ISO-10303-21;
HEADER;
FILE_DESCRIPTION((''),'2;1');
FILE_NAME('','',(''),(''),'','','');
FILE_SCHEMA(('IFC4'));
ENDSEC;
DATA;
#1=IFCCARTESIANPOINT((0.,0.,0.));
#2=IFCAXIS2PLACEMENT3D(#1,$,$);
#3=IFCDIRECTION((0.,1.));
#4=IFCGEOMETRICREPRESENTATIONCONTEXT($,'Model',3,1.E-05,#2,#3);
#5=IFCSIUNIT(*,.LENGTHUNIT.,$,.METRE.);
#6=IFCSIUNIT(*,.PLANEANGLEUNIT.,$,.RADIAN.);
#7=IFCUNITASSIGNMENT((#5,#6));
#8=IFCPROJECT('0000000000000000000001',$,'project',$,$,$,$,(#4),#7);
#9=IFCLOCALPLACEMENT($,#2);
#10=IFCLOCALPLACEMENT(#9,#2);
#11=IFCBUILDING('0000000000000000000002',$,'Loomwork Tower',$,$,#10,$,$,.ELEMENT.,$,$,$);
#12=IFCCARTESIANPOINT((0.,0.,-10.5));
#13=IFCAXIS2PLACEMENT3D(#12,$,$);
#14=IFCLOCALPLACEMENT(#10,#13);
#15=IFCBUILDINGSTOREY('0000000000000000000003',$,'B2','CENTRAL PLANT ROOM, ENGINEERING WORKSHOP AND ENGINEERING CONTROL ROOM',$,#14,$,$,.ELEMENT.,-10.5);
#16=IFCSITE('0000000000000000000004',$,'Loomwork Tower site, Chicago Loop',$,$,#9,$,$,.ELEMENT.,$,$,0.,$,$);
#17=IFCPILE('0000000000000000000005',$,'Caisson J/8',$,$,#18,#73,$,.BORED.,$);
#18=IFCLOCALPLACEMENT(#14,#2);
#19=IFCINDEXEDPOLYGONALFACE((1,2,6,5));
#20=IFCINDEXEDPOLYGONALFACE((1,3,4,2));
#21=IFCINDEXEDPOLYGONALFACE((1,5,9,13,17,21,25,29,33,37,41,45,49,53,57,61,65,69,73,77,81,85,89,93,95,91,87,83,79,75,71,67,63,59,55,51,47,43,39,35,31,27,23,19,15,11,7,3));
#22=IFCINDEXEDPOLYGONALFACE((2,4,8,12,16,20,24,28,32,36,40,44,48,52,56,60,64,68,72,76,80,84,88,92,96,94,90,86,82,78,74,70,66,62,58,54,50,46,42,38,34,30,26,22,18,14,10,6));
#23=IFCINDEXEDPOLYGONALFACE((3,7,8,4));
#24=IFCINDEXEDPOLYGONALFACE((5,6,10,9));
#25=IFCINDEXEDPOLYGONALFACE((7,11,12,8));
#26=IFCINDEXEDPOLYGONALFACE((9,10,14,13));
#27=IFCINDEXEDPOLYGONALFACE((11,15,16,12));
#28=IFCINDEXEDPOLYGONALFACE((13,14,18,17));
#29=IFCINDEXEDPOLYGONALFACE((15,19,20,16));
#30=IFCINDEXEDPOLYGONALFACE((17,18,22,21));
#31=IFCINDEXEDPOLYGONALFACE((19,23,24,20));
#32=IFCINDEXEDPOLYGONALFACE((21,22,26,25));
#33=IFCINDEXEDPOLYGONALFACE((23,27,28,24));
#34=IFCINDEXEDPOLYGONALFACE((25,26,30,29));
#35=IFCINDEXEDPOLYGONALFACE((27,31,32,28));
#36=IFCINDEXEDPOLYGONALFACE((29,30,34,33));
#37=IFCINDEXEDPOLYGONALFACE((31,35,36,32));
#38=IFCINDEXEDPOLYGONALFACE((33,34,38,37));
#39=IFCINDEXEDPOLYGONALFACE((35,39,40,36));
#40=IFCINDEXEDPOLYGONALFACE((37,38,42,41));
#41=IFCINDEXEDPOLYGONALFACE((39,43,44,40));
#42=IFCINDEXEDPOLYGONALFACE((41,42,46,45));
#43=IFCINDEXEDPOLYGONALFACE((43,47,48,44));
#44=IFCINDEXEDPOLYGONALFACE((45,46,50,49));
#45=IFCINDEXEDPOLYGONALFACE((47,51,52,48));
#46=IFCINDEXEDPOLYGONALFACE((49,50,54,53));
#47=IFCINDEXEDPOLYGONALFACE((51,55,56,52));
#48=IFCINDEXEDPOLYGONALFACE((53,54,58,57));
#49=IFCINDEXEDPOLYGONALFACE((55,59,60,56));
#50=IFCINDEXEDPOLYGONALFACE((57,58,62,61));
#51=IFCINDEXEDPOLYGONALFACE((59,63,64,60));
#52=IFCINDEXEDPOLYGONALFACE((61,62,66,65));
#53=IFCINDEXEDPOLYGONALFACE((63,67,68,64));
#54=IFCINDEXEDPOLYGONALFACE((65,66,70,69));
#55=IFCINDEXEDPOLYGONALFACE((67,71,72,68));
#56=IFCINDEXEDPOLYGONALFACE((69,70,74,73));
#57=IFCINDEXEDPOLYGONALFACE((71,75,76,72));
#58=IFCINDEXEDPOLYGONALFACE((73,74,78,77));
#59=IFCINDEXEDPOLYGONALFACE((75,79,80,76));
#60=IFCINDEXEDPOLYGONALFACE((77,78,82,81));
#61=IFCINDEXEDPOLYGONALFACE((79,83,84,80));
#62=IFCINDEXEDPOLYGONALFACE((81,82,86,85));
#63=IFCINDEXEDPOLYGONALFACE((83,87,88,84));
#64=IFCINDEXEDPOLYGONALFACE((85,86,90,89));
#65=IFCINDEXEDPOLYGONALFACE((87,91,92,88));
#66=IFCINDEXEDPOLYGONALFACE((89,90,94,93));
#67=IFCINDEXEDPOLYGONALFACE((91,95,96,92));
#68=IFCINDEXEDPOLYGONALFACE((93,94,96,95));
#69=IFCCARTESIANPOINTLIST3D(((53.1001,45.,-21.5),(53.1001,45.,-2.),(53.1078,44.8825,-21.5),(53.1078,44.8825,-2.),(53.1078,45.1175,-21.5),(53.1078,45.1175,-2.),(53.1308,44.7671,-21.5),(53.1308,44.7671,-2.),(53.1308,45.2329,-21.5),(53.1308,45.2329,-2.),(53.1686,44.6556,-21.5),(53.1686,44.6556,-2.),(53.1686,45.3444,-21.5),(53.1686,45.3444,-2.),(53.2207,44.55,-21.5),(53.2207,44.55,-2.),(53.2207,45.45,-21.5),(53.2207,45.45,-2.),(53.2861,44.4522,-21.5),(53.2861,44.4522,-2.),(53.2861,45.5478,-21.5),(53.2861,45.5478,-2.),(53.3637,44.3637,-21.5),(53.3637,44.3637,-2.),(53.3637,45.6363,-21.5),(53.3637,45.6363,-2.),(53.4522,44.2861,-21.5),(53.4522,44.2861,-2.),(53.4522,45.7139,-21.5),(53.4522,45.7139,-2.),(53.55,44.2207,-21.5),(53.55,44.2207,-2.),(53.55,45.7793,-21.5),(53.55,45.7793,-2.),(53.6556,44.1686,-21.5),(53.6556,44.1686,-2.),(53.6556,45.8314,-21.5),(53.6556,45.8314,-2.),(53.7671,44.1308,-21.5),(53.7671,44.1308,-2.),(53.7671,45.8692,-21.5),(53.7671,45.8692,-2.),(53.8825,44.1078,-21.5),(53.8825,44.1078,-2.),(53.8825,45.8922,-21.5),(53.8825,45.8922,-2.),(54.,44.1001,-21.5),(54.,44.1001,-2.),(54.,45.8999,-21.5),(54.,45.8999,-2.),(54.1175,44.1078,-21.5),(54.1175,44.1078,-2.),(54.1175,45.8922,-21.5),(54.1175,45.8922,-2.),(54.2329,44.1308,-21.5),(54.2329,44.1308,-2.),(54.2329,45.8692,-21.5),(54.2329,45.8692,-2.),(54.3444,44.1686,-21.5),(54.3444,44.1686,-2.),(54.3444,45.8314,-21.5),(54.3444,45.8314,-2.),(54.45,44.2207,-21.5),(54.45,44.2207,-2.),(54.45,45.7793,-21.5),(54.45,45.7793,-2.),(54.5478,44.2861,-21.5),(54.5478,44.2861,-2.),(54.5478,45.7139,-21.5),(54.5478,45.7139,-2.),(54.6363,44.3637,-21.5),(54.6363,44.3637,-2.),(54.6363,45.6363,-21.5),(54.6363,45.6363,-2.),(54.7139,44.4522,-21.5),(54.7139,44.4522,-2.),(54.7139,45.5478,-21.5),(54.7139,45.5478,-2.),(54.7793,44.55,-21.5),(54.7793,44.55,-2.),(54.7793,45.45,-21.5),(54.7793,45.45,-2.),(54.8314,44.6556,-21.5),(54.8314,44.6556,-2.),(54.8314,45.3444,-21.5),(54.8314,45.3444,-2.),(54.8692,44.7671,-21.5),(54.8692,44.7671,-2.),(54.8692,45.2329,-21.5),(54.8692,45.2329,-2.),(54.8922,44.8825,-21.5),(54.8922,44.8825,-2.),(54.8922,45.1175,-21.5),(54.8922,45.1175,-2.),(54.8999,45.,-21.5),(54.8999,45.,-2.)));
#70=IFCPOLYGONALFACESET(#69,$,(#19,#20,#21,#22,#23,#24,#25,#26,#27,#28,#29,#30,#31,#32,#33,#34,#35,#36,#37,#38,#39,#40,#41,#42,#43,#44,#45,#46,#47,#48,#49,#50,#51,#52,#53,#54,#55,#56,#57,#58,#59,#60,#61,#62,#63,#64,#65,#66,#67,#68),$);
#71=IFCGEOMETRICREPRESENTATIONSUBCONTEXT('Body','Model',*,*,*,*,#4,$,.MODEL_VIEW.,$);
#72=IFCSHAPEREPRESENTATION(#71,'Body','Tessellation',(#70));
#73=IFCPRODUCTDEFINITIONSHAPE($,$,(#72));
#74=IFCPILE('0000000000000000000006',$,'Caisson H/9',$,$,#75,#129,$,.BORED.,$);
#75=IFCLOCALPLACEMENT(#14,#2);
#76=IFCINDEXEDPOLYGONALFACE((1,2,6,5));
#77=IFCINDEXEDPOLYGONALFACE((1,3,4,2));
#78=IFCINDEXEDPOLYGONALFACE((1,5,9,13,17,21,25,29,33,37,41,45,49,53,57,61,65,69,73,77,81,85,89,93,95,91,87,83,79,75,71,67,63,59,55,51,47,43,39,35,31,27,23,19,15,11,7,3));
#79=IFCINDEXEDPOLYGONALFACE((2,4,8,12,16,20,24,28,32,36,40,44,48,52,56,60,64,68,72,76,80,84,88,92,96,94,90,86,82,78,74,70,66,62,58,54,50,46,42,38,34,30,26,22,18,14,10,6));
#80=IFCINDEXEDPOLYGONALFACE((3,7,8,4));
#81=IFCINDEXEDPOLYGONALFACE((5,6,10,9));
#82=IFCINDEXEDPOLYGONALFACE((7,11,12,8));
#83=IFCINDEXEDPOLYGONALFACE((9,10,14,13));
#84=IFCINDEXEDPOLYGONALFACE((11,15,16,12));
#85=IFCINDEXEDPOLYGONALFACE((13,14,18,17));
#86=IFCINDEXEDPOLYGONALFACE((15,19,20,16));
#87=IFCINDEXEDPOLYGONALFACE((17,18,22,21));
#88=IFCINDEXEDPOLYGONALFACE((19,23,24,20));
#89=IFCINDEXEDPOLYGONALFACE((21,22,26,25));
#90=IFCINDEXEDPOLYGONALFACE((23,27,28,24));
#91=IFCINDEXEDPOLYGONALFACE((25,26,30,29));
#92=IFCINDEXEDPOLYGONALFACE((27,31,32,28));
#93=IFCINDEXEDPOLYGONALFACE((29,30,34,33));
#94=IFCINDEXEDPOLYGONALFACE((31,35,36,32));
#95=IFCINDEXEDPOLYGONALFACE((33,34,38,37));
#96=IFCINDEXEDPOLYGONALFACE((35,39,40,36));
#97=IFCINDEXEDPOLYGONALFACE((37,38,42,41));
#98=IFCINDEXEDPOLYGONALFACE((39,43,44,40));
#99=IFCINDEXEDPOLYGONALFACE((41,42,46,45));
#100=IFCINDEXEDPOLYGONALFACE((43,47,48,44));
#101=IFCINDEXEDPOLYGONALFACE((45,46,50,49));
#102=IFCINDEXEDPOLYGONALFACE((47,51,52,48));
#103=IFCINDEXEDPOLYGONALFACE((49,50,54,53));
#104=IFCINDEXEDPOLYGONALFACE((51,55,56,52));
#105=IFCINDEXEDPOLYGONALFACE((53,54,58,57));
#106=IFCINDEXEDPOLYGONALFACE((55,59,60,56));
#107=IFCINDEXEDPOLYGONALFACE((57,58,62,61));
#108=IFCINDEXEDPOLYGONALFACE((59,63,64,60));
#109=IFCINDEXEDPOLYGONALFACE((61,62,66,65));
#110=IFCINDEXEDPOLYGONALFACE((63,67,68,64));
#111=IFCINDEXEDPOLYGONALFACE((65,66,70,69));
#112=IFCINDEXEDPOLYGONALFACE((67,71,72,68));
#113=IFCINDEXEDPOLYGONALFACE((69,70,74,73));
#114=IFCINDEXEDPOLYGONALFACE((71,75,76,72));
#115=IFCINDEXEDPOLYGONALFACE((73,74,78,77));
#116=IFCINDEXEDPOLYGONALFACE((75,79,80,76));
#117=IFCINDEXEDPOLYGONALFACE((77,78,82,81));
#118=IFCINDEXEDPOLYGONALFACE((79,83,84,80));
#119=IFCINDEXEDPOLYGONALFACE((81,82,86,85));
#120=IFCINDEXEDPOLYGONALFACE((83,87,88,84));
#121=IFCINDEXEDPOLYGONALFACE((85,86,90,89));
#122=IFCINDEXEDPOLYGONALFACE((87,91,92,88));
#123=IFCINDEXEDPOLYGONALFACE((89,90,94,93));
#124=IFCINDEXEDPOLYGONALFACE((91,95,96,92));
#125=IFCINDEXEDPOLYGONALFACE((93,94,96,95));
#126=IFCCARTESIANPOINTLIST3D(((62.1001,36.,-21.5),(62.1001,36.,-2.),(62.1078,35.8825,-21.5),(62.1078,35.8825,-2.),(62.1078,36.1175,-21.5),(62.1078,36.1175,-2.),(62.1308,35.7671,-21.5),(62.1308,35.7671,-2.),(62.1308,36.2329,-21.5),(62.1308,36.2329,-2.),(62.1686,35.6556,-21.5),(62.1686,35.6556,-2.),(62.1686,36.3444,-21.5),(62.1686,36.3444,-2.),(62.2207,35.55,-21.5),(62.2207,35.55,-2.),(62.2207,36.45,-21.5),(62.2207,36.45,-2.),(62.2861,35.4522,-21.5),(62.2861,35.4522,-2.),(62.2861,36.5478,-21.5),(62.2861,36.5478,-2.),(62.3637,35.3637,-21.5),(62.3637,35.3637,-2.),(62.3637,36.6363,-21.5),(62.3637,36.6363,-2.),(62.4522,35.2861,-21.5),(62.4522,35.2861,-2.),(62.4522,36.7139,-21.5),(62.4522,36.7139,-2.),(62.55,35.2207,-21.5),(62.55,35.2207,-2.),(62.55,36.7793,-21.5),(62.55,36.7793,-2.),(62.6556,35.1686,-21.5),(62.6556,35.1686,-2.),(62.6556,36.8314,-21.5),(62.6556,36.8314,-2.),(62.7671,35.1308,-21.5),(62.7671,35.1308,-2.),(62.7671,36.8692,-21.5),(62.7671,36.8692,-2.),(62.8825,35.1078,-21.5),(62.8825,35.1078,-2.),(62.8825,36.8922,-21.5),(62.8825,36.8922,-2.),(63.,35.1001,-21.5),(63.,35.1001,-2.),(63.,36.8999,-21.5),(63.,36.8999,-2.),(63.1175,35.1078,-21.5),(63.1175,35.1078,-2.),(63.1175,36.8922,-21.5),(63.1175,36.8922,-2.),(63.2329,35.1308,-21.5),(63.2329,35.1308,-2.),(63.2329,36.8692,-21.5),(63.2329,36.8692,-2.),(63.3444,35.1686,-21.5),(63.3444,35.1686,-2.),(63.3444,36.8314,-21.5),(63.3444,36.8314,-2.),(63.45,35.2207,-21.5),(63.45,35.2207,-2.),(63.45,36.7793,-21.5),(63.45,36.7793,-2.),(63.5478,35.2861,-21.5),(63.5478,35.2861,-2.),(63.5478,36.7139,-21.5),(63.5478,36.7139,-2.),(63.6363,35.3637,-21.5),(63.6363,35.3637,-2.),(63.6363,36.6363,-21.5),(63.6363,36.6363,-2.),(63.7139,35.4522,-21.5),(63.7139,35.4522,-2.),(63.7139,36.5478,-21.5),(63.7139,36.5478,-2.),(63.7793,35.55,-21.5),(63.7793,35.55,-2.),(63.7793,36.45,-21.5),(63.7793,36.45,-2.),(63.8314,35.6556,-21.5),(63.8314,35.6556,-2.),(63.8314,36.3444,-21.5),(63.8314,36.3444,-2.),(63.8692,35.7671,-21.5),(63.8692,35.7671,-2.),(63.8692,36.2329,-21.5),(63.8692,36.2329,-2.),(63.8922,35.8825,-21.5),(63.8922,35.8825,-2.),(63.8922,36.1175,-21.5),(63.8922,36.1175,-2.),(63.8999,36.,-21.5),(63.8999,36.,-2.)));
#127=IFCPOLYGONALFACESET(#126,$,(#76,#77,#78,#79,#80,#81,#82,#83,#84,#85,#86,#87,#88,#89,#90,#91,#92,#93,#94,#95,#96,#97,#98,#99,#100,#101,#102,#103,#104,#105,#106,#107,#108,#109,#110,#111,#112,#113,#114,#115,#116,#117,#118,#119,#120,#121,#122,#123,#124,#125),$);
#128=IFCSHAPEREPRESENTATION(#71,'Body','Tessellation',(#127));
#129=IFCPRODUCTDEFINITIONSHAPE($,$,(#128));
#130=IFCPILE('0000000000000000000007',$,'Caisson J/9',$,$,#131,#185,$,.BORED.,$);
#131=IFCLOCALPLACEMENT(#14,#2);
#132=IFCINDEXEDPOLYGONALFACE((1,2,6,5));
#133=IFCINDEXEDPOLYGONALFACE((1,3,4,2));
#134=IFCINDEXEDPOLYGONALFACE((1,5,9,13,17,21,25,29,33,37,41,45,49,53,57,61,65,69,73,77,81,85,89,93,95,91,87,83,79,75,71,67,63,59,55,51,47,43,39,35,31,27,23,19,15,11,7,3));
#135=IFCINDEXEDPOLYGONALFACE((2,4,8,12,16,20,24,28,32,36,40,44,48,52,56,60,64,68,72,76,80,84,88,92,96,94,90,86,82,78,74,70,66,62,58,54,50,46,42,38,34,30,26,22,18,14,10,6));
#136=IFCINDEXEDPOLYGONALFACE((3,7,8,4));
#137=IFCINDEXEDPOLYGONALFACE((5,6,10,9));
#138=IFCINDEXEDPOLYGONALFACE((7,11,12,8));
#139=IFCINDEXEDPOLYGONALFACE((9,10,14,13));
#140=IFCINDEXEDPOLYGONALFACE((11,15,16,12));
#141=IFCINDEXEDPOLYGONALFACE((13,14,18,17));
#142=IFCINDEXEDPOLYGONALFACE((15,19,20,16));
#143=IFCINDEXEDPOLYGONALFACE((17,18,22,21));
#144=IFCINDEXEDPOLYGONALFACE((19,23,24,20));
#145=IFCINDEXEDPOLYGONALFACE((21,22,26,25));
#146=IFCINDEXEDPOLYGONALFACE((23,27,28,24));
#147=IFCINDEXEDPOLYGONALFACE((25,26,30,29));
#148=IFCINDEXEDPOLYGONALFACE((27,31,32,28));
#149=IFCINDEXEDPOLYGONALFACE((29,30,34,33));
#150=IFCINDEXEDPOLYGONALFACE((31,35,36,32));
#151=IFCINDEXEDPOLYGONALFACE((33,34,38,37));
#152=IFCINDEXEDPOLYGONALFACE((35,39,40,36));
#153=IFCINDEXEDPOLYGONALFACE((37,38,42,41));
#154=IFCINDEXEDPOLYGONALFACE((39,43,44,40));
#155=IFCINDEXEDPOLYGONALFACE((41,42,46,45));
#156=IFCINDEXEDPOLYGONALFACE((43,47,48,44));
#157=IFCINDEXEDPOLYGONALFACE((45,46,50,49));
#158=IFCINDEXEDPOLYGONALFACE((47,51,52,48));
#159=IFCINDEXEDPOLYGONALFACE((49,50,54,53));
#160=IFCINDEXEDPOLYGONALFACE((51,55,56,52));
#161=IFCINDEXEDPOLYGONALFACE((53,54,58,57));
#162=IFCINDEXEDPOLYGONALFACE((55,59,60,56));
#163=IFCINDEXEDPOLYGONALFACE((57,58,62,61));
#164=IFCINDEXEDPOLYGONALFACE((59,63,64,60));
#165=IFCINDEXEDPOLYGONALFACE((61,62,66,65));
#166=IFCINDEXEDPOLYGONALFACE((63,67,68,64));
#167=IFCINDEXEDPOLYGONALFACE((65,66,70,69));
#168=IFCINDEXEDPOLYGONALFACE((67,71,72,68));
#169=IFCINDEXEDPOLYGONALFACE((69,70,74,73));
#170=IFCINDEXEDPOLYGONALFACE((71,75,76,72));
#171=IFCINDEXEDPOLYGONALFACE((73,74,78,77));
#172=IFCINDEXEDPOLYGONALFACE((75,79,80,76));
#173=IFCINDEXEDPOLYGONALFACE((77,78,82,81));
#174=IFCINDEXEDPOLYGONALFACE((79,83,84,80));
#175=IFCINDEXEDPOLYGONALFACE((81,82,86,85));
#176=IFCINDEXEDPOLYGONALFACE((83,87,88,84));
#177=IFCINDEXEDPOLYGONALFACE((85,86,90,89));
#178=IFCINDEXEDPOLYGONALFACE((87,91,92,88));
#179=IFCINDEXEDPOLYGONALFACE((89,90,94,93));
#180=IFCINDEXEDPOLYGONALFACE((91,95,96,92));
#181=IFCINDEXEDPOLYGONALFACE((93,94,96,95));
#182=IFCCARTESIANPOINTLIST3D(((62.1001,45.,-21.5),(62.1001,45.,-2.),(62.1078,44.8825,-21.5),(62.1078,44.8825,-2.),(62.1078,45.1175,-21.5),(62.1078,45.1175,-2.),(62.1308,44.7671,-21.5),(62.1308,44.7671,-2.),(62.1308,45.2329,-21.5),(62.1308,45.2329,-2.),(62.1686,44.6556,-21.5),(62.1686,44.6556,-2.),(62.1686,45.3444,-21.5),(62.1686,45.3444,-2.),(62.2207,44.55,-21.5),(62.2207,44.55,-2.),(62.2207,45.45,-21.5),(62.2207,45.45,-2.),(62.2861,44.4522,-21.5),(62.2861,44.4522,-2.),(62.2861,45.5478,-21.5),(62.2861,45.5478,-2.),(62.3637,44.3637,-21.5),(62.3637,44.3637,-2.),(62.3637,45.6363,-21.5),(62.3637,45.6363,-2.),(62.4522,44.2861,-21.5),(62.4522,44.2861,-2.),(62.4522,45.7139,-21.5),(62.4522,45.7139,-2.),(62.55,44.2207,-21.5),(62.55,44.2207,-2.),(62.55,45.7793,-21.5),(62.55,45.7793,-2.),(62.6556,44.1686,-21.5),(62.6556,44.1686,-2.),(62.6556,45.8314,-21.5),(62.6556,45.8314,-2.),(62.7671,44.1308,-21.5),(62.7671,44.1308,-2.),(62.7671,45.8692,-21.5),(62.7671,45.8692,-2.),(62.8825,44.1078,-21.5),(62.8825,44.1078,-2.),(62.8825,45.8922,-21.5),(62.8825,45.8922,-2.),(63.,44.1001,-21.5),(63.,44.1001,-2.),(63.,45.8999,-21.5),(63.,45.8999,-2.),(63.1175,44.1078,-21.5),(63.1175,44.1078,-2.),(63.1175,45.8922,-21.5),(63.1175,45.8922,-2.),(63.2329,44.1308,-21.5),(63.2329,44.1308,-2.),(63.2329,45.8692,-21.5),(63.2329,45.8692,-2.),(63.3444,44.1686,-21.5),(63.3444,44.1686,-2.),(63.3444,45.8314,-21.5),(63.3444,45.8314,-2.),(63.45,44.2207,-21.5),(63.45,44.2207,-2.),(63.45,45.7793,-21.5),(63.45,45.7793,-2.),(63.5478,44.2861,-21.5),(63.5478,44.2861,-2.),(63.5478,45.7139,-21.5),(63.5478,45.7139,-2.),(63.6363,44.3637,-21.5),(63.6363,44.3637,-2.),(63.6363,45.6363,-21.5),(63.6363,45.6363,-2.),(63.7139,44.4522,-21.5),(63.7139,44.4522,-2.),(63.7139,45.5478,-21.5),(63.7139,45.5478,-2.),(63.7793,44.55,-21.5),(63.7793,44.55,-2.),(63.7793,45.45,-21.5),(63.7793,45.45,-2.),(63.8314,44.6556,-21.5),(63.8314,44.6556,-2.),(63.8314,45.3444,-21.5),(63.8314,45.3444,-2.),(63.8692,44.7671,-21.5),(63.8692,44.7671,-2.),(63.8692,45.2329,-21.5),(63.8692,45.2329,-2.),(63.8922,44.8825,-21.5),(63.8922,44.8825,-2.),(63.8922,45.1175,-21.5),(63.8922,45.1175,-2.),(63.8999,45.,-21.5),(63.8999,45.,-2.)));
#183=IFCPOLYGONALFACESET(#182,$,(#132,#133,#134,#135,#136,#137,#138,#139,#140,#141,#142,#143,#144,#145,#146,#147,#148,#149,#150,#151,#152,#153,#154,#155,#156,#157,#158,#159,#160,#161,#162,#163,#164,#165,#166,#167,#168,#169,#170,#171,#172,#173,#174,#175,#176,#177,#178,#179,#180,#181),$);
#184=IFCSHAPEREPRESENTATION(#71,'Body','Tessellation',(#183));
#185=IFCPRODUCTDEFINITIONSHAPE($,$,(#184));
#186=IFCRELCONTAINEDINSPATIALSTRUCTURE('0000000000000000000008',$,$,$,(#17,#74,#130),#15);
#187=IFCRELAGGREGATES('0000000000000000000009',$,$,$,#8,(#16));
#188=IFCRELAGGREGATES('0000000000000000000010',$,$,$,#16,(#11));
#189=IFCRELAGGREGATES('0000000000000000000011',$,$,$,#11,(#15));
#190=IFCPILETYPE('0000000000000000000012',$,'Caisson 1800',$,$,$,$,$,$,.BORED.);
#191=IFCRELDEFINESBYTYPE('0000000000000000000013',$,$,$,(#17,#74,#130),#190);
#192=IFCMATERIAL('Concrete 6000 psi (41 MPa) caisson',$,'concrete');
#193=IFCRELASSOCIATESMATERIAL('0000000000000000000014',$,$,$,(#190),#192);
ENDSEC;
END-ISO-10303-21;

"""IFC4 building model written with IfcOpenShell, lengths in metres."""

from ifc_helpers import new_model, si_unit, direction, frame, origin, origin_2d, place, context, subcontext, project, spatial, circle, extrude, material, material_profile, profile_set, type_object, element, save


model = new_model("IFC4")

# Units and contexts
model_context = context("Model", 3, precision=1e-05, world=origin(), true_north=direction((0.0, 1.0)))
body_context = subcontext(model_context, "Body", "Model", "MODEL_VIEW")
ifc_project = project(units=[si_unit("LENGTHUNIT", "METRE"), si_unit("PLANEANGLEUNIT", "RADIAN")], contexts=[model_context])

# Site, building, storey
site_placement = place(None, origin())
site = spatial("IfcSite", under=ifc_project, at=site_placement, Name="Loomwork Tower site, Chicago Loop", CompositionType="ELEMENT", RefElevation=0.0)
building_placement = place(site_placement, origin())
building = spatial("IfcBuilding", under=site, at=building_placement, Name="Loomwork Tower", CompositionType="ELEMENT")
storey_placement = place(building_placement, frame((0.0, 0.0, -10.5)))
storey = spatial("IfcBuildingStorey", under=building, at=storey_placement, Name="B2", Description="CENTRAL PLANT ROOM, ENGINEERING WORKSHOP AND ENGINEERING CONTROL ROOM", CompositionType="ELEMENT", Elevation=-10.5)

# Piles
ifc_material_1 = material(Name="Concrete 6000 psi (41 MPa) caisson", Category="concrete")
ifc_material_profile_1 = material_profile(ifc_material_1, circle(Radius=0.8999, at=origin_2d()), Name="D1800")
ifc_profile_set_1 = profile_set([ifc_material_profile_1], Name="Concrete 6000 psi (41 MPa) caisson")
pile_type_1 = type_object("IfcPileType", Name="Caisson 1800", PredefinedType="BORED", material=ifc_profile_set_1)
for number, where, z_axis, x_axis, name in (
    (1, (54.0, 45.0, -2.0), (0.0, 0.0, -1.0), (1.0, 0.0, 0.0), "Caisson J/8"),
    (2, (63.0, 36.0, -2.0), (0.0, 0.0, -1.0), (1.0, 0.0, 0.0), "Caisson H/9"),
    (3, (63.0, 45.0, -2.0), (0.0, 0.0, -1.0), (1.0, 0.0, 0.0), "Caisson J/9"),
):
    element("IfcPile", number, at=place(storey_placement, frame(where, z_axis=z_axis, x_axis=x_axis)), inside=storey, type_object=pile_type_1, Name=name, PredefinedType="BORED", context=body_context, shape_type="SweptSolid", body=[
        extrude(circle(Radius=0.8999, at=origin_2d()), origin(), (0.0, 0.0, 1.0), 19.5),
    ])

save(model, "model.ifc")
